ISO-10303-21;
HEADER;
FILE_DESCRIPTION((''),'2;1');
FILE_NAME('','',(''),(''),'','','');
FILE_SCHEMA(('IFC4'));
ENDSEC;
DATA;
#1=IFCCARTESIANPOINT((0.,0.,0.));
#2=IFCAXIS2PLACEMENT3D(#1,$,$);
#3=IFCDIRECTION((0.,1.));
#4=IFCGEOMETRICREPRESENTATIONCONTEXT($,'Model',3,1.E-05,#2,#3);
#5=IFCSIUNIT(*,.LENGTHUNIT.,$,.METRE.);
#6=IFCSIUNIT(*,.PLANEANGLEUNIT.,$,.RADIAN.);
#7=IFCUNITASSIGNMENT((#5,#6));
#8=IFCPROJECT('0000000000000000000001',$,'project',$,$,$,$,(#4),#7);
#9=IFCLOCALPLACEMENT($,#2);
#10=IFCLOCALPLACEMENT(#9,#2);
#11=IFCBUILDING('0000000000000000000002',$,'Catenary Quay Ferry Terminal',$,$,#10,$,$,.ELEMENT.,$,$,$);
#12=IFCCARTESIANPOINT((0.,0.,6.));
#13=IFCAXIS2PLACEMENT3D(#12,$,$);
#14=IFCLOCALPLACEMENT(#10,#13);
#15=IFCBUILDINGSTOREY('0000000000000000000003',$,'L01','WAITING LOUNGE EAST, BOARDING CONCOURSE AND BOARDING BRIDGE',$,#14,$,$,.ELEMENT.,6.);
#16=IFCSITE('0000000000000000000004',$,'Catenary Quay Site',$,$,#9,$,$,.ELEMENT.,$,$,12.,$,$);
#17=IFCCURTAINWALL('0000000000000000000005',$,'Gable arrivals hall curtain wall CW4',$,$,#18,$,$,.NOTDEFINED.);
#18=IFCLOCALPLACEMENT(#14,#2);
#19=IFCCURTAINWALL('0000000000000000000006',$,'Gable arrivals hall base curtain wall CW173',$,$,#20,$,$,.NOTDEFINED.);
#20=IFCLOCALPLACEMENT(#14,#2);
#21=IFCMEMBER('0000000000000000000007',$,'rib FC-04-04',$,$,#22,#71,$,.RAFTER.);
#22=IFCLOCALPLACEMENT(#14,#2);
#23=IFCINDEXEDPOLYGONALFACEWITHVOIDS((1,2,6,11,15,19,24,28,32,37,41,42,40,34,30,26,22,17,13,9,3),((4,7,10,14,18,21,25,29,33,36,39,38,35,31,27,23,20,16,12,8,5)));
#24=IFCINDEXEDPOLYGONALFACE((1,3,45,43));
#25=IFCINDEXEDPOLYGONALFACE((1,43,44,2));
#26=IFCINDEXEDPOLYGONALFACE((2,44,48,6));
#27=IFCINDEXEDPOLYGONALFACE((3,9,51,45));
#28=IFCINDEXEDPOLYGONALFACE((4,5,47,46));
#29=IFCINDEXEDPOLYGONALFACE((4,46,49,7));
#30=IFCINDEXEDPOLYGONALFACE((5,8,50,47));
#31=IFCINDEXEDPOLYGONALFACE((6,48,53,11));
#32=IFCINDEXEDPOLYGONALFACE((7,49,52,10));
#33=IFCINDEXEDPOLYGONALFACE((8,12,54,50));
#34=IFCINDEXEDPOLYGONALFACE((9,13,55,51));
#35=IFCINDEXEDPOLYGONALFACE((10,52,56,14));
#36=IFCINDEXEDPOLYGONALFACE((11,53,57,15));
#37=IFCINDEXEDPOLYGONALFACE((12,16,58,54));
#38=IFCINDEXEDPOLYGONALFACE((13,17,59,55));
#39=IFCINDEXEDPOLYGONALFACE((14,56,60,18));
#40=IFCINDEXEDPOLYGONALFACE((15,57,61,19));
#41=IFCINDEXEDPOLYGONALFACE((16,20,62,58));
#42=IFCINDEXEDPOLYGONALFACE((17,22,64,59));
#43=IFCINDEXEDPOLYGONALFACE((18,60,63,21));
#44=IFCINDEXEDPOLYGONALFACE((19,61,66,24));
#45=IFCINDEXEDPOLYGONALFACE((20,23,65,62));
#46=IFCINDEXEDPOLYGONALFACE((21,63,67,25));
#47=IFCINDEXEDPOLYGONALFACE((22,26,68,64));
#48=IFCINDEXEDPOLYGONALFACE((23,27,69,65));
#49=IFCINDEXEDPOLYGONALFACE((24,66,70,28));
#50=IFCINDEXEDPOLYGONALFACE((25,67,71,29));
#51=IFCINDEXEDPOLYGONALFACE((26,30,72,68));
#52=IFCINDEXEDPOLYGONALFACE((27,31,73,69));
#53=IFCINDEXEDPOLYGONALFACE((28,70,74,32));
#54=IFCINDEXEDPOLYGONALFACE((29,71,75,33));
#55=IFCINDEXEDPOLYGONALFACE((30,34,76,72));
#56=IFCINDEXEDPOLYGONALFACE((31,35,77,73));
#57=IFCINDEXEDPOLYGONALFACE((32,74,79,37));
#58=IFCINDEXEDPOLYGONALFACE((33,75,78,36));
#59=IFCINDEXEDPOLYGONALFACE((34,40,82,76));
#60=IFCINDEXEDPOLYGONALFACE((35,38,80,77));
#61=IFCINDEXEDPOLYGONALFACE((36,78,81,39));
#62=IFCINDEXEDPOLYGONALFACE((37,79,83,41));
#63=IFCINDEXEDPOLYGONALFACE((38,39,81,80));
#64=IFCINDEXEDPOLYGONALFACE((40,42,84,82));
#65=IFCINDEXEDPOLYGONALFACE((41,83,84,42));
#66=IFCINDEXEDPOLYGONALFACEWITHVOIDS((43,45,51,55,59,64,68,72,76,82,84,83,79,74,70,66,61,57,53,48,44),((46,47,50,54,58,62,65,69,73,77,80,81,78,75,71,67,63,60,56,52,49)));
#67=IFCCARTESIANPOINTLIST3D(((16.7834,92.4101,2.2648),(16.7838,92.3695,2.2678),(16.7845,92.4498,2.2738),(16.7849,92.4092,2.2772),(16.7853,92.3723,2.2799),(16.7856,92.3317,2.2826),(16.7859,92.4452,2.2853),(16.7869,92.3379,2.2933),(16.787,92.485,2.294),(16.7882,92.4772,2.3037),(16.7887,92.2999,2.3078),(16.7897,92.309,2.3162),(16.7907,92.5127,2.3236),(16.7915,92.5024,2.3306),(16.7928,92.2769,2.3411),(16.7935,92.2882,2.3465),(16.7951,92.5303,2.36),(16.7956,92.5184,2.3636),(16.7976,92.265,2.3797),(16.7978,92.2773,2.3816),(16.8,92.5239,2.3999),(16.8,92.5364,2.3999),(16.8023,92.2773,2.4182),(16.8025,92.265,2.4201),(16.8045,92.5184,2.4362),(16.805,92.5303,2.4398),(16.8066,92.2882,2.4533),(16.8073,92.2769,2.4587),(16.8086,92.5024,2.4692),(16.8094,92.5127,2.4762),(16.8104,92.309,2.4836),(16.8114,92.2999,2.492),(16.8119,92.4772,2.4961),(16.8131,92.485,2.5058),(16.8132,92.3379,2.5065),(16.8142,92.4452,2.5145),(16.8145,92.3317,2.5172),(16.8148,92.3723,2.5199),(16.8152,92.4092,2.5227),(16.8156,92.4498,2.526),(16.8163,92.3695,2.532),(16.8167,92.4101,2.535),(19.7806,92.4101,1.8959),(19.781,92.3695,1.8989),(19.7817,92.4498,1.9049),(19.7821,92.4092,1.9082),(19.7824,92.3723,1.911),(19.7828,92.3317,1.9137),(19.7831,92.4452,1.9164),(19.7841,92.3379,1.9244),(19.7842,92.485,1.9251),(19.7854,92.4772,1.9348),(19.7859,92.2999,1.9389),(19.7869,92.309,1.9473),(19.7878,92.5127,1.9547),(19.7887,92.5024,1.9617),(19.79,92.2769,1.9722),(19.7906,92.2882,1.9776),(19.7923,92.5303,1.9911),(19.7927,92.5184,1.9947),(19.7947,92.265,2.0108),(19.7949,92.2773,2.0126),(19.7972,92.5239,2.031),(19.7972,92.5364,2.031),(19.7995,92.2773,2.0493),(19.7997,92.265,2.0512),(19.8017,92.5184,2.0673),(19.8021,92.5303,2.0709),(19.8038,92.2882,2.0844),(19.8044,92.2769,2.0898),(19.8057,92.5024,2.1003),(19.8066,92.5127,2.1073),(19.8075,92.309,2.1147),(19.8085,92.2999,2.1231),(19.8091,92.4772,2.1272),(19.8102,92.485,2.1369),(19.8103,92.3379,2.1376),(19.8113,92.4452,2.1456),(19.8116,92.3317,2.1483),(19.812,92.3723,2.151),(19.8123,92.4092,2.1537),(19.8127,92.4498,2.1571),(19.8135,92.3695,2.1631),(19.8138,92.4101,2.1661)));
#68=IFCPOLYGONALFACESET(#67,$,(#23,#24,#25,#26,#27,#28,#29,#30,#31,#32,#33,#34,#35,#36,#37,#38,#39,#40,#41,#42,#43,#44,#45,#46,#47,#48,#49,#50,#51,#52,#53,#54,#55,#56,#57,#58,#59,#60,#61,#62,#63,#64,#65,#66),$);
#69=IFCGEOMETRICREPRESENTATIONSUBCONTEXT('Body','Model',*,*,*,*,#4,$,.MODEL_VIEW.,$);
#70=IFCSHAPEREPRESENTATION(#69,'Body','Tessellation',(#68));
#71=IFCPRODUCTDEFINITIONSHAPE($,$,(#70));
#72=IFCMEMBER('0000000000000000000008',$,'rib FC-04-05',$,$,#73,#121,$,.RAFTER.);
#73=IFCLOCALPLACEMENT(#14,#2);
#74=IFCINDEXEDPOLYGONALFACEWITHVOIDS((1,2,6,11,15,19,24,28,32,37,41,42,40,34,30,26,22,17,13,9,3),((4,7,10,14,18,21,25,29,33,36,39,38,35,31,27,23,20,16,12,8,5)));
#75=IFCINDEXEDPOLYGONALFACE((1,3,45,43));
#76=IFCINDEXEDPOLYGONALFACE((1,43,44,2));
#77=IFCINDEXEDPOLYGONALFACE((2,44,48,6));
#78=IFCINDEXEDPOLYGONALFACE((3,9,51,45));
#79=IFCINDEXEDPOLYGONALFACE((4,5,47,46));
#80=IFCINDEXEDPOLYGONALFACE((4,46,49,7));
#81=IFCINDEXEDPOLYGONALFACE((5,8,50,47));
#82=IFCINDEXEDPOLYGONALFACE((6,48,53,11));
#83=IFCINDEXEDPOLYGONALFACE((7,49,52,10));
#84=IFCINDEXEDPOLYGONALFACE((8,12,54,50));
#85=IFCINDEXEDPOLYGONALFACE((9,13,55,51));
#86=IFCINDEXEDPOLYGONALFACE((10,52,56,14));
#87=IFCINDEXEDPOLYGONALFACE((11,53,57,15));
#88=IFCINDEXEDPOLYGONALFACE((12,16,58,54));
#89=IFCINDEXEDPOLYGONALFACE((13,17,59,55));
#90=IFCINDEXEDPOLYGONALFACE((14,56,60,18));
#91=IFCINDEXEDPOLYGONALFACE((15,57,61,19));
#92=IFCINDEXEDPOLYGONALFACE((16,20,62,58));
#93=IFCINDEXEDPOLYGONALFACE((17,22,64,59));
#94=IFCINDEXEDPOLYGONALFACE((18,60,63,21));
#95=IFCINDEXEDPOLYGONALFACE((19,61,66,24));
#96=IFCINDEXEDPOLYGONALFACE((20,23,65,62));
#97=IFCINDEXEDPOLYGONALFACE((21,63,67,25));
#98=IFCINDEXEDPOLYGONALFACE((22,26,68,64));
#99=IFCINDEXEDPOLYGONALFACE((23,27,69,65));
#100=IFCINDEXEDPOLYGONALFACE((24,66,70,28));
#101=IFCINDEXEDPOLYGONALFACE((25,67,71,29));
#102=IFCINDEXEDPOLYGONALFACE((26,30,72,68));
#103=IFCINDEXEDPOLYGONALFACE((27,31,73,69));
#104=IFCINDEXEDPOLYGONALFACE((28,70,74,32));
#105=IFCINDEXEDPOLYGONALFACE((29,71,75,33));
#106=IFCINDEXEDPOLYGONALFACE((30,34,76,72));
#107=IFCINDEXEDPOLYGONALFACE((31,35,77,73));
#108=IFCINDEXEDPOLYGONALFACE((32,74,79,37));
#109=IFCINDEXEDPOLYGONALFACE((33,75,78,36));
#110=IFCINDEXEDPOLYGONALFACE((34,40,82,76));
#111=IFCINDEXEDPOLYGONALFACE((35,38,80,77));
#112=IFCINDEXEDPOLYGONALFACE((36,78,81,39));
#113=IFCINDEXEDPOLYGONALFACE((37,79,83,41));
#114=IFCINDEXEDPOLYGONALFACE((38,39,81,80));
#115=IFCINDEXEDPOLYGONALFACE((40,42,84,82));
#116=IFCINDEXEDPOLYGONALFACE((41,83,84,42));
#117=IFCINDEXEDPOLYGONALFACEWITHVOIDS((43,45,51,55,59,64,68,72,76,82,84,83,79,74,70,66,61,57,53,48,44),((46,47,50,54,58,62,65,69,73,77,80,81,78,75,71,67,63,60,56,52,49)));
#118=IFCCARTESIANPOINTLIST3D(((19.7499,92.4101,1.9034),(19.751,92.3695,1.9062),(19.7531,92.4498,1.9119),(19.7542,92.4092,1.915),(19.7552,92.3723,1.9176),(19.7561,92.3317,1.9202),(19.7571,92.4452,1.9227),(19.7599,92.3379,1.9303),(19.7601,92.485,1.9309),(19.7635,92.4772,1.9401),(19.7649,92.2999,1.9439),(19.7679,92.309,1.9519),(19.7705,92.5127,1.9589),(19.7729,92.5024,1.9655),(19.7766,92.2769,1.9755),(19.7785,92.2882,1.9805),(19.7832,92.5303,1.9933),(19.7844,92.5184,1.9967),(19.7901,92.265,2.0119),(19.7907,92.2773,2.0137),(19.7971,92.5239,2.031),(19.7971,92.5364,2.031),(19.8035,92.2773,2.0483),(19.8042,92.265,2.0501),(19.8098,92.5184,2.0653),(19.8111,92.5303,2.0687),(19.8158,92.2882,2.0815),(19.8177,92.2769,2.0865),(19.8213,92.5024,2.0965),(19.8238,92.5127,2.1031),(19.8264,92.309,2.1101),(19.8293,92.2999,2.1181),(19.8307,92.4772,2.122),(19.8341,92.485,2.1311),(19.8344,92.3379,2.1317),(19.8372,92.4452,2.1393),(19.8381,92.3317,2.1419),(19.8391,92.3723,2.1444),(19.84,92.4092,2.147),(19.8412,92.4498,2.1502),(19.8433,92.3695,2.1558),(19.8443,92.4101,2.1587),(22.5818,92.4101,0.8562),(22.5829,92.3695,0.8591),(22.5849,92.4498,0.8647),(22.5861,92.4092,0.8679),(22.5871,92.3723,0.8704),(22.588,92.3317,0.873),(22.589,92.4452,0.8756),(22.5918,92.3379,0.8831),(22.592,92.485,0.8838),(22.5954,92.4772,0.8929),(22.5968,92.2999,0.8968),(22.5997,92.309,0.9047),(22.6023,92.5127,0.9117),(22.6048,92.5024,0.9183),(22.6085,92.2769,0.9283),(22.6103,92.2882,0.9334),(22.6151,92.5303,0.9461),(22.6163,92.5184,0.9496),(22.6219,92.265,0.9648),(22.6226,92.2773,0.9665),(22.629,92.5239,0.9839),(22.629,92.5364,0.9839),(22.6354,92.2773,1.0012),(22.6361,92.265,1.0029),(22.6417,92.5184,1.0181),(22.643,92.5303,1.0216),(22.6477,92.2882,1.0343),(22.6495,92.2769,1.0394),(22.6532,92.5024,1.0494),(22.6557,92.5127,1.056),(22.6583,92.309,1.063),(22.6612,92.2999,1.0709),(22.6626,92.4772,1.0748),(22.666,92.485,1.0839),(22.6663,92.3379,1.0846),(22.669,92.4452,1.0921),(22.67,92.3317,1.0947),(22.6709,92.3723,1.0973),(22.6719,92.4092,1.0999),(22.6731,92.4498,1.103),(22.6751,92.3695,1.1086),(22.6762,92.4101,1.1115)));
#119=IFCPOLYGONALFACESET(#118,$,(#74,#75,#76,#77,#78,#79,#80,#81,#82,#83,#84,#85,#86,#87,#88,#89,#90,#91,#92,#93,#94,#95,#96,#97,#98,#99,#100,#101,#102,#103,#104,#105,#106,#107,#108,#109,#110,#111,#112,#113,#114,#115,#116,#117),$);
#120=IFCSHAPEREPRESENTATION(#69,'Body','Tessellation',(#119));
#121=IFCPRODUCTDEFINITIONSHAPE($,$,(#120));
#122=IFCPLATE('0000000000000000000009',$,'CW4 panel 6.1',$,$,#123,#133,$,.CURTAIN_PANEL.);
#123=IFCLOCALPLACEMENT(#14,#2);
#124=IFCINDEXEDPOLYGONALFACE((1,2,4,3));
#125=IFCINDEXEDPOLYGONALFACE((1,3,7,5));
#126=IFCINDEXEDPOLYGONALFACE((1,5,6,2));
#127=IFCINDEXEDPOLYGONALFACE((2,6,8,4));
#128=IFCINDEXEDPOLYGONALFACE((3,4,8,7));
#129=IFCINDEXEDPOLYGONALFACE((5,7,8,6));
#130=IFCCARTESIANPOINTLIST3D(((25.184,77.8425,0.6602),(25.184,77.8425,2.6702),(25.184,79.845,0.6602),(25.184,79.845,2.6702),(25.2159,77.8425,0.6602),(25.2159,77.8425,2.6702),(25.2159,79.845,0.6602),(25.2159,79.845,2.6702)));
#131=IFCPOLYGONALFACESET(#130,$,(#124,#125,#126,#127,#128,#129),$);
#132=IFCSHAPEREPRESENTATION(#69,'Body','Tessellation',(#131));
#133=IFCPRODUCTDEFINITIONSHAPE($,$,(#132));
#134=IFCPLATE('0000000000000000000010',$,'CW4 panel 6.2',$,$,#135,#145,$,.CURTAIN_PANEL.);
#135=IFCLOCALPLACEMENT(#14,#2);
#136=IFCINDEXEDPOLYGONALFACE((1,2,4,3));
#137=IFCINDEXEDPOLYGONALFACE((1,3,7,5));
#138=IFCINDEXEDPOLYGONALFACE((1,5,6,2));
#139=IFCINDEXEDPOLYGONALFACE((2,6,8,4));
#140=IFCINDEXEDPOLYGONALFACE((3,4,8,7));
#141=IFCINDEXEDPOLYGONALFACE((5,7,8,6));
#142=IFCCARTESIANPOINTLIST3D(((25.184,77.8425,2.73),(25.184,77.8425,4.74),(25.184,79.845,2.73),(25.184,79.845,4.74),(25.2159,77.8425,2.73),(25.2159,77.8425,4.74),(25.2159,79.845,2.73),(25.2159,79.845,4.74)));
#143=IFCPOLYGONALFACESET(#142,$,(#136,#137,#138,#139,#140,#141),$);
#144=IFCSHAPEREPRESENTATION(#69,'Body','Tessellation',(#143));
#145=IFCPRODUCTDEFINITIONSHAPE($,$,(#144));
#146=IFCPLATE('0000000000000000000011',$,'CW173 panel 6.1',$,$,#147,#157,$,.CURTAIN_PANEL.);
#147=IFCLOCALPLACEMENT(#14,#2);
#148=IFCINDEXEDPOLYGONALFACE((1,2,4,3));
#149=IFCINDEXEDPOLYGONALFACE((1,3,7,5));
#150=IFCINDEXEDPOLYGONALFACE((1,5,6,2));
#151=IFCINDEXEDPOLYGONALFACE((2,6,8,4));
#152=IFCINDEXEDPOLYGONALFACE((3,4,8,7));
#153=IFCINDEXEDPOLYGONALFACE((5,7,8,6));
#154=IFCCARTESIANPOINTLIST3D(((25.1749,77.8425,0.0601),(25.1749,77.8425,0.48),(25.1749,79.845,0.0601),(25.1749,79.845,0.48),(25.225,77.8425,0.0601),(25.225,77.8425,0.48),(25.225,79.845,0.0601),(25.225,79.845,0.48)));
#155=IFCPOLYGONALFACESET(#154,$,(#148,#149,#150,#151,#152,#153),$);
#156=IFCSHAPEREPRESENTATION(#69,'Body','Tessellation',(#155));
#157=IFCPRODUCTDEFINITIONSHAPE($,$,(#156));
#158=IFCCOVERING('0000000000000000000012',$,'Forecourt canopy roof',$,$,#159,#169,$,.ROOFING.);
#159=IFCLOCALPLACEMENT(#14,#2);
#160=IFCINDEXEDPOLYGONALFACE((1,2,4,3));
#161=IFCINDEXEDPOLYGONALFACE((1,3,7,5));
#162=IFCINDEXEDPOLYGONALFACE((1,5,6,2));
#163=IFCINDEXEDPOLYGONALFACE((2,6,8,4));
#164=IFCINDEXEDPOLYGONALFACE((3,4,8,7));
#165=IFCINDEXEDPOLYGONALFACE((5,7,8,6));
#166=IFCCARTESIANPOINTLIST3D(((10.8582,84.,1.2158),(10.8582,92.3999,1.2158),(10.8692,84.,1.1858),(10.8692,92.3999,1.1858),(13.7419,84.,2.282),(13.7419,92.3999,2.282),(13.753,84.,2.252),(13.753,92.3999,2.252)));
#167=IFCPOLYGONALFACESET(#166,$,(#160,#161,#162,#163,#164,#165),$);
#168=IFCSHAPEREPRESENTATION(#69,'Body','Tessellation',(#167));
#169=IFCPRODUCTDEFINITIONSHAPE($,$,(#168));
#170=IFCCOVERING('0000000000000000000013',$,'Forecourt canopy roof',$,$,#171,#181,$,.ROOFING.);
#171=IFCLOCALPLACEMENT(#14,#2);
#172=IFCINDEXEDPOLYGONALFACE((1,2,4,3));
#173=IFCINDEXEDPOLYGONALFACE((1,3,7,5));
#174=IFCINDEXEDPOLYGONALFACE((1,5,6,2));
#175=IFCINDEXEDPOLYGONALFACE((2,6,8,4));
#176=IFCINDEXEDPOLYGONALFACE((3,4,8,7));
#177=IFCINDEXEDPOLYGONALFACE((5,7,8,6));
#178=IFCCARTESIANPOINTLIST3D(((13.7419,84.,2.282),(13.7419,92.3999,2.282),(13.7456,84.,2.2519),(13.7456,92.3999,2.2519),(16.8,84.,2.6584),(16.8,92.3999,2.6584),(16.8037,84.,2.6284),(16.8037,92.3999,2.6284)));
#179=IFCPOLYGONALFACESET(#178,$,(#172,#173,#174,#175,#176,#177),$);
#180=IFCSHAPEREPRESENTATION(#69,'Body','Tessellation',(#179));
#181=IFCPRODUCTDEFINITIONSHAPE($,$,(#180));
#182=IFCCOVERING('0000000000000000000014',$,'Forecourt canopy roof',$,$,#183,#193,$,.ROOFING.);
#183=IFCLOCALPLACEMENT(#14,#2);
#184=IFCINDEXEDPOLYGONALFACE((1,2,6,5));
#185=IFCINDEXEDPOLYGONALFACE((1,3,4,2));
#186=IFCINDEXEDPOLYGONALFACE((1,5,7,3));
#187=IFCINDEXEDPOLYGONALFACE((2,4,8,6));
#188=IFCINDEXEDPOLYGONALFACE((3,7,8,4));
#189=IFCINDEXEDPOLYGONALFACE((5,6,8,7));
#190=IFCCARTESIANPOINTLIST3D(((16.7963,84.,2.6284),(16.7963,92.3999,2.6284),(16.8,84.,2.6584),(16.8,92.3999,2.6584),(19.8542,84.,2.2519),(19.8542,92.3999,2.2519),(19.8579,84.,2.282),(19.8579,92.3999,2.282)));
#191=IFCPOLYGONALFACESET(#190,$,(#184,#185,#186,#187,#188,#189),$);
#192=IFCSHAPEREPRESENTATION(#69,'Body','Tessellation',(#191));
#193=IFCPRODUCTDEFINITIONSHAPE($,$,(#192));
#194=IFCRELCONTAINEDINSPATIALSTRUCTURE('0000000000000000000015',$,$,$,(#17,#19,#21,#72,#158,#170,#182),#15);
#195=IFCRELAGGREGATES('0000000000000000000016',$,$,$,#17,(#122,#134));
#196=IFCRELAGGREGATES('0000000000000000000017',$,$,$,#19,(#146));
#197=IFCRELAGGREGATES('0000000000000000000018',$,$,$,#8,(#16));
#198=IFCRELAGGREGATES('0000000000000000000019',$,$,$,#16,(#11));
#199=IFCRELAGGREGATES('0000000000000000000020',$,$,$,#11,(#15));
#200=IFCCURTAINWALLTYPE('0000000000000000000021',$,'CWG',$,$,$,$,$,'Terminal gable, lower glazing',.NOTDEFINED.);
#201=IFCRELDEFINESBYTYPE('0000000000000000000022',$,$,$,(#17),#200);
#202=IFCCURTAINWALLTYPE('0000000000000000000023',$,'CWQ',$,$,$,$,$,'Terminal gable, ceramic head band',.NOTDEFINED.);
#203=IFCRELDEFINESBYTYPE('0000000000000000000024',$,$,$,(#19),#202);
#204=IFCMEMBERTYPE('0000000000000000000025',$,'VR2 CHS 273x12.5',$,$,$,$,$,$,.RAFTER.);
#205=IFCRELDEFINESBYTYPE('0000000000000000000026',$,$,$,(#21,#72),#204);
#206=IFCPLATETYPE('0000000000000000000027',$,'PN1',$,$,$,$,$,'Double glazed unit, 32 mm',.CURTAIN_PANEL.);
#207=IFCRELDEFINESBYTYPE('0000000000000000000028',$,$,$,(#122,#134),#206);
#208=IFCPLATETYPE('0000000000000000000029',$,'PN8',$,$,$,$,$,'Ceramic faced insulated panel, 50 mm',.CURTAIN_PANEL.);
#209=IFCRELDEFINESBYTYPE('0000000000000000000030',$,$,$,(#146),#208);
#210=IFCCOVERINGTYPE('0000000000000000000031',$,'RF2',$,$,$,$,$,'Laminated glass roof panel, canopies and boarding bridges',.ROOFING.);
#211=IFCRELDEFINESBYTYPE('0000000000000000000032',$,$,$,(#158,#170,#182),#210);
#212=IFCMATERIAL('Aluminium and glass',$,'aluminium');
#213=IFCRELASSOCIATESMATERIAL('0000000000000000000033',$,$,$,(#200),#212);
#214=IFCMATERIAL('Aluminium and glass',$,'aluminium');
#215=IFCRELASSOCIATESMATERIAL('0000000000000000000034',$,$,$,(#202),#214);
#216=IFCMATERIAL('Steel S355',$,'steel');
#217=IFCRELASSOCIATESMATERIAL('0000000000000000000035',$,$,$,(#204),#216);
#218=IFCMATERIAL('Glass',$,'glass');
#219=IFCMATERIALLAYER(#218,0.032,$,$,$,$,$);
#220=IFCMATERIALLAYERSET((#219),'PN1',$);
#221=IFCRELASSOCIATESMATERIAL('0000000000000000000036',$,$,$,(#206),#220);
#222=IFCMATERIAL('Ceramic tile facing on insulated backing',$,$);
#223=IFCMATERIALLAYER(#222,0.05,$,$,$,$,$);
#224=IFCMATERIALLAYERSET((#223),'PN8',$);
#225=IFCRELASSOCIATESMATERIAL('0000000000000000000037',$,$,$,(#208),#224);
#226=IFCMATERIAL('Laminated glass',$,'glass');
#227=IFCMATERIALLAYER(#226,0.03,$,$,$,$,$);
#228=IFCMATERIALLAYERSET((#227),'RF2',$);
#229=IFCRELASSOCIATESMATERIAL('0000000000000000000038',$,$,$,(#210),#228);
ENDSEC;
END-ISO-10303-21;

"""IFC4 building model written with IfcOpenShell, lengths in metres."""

from ifc_helpers import new_model, si_unit, direction, frame, origin, origin_2d, place, context, subcontext, project, spatial, polyline, rectangle, hollow_circle, outline, extrude, material, layer, layer_set, material_profile, profile_set, type_object, element, aggregate, save


model = new_model("IFC4")

# Units and contexts
model_context = context("Model", 3, precision=1e-05, world=origin(), true_north=direction((0.0, 1.0)))
body_context = subcontext(model_context, "Body", "Model", "MODEL_VIEW")
ifc_project = project(units=[si_unit("LENGTHUNIT", "METRE"), si_unit("PLANEANGLEUNIT", "RADIAN")], contexts=[model_context])

# Site, building, storey
site_placement = place(None, origin())
site = spatial("IfcSite", under=ifc_project, at=site_placement, Name="Catenary Quay Site", CompositionType="ELEMENT", RefElevation=12.0)
building_placement = place(site_placement, origin())
building = spatial("IfcBuilding", under=site, at=building_placement, Name="Catenary Quay Ferry Terminal", CompositionType="ELEMENT")
storey_placement = place(building_placement, frame((0.0, 0.0, 6.0)))
storey = spatial("IfcBuildingStorey", under=building, at=storey_placement, Name="L01", Description="WAITING LOUNGE EAST, BOARDING CONCOURSE AND BOARDING BRIDGE", CompositionType="ELEMENT", Elevation=6.0)

# Curtain wall
ifc_material_1 = material(Name="Aluminium and glass", Category="aluminium")
curtain_wall_type_1 = type_object("IfcCurtainWallType", Name="CWG", ElementType="Terminal gable, lower glazing", PredefinedType="NOTDEFINED", material=ifc_material_1)
curtain_wall_1_placement = place(storey_placement, origin())
curtain_wall_1 = element("IfcCurtainWall", 1, at=curtain_wall_1_placement, inside=storey, type_object=curtain_wall_type_1, Name="Gable arrivals hall curtain wall CW4", PredefinedType="NOTDEFINED")

# Curtain wall
ifc_material_2 = material(Name="Aluminium and glass", Category="aluminium")
curtain_wall_type_2 = type_object("IfcCurtainWallType", Name="CWQ", ElementType="Terminal gable, ceramic head band", PredefinedType="NOTDEFINED", material=ifc_material_2)
curtain_wall_2_placement = place(storey_placement, origin())
curtain_wall_2 = element("IfcCurtainWall", 2, at=curtain_wall_2_placement, inside=storey, type_object=curtain_wall_type_2, Name="Gable arrivals hall base curtain wall CW173", PredefinedType="NOTDEFINED")

# Members
ifc_material_3 = material(Name="Steel S355", Category="steel")
ifc_material_profile_1 = material_profile(ifc_material_3, hollow_circle(Radius=0.1365, WallThickness=0.0125, at=origin_2d()), Name="CHS 273x12.5")
ifc_profile_set_1 = profile_set([ifc_material_profile_1], Name="Steel S355")
member_type_1 = type_object("IfcMemberType", Name="VR2 CHS 273x12.5", PredefinedType="RAFTER", material=ifc_profile_set_1)
for number, where, z_axis, x_axis, name in (
    (3, (16.8, 92.3999, 2.3999), (0.99251, 0.0, -0.122164), (0.0, 1.0, 0.0), "rib FC-04-04"),
):
    element("IfcMember", number, at=place(storey_placement, frame(where, z_axis=z_axis, x_axis=x_axis)), inside=storey, type_object=member_type_1, Name=name, PredefinedType="RAFTER", context=body_context, shape_type="SweptSolid", body=[
        extrude(hollow_circle(Radius=0.1365, WallThickness=0.0125, at=origin_2d()), origin(), (0.0, 0.0, 1.0), 3.0198),
    ])
member_1_placement = place(storey_placement, frame((19.7971, 92.3999, 2.031), z_axis=(0.937931, 0.0, -0.346822), x_axis=(0.0, 1.0, 0.0)))
element("IfcMember", 4, at=member_1_placement, inside=storey, type_object=member_type_1, Name="rib FC-04-05", PredefinedType="RAFTER", context=body_context, shape_type="SweptSolid", body=[
    extrude(hollow_circle(Radius=0.1365, WallThickness=0.0125, at=origin_2d()), origin(), (0.0, 0.0, 1.0), 3.0193),
])

# Plates
ifc_material_4 = material(Name="Glass", Category="glass")
ifc_layer_1 = layer(ifc_material_4, 0.032)
ifc_layer_set_1 = layer_set([ifc_layer_1], Name="PN1")
plate_type_1 = type_object("IfcPlateType", Name="PN1", ElementType="Double glazed unit, 32 mm", PredefinedType="CURTAIN_PANEL", material=ifc_layer_set_1)
plate_1_placement = place(storey_placement, frame((25.2, 78.8438, 0.6602), z_axis=(0.0, 0.0, 1.0), x_axis=(0.0, 1.0, 0.0)))
plate_1 = element("IfcPlate", 5, at=plate_1_placement, type_object=plate_type_1, Name="CW4 panel 6.1", PredefinedType="CURTAIN_PANEL", context=body_context, shape_type="SweptSolid", body=[
    extrude(rectangle(XDim=2.0024, YDim=0.032, at=origin_2d()), origin(), (0.0, 0.0, 1.0), 2.01),
])
plate_2_placement = place(storey_placement, frame((25.2, 78.8438, 2.73), z_axis=(0.0, 0.0, 1.0), x_axis=(0.0, 1.0, 0.0)))
plate_2 = element("IfcPlate", 6, at=plate_2_placement, type_object=plate_type_1, Name="CW4 panel 6.2", PredefinedType="CURTAIN_PANEL", context=body_context, shape_type="SweptSolid", body=[
    extrude(rectangle(XDim=2.0024, YDim=0.032, at=origin_2d()), origin(), (0.0, 0.0, 1.0), 2.01),
])
aggregate(curtain_wall_1, [plate_1, plate_2])
ifc_material_5 = material(Name="Ceramic tile facing on insulated backing")
ifc_layer_2 = layer(ifc_material_5, 0.05)
ifc_layer_set_2 = layer_set([ifc_layer_2], Name="PN8")
plate_type_2 = type_object("IfcPlateType", Name="PN8", ElementType="Ceramic faced insulated panel, 50 mm", PredefinedType="CURTAIN_PANEL", material=ifc_layer_set_2)
plate_3_placement = place(storey_placement, frame((25.2, 78.8438, 0.0601), z_axis=(0.0, 0.0, 1.0), x_axis=(0.0, 1.0, 0.0)))
plate_3 = element("IfcPlate", 7, at=plate_3_placement, type_object=plate_type_2, Name="CW173 panel 6.1", PredefinedType="CURTAIN_PANEL", context=body_context, shape_type="SweptSolid", body=[
    extrude(rectangle(XDim=2.0024, YDim=0.05, at=origin_2d()), origin(), (0.0, 0.0, 1.0), 0.4199),
])
aggregate(curtain_wall_2, [plate_3])

# Coverings
ifc_material_6 = material(Name="Laminated glass", Category="glass")
ifc_layer_3 = layer(ifc_material_6, 0.03)
ifc_layer_set_3 = layer_set([ifc_layer_3], Name="RF2")
covering_type = type_object("IfcCoveringType", Name="RF2", ElementType="Laminated glass roof panel, canopies and boarding bridges", PredefinedType="ROOFING", material=ifc_layer_set_3)
covering_1_placement = place(storey_placement, frame((10.8582, 84.0, 1.2158), z_axis=(-0.346769, 0.0, 0.937951), x_axis=(0.0, 1.0, 0.0)))
element("IfcCovering", 8, at=covering_1_placement, inside=storey, type_object=covering_type, Name="Forecourt canopy roof", PredefinedType="ROOFING", context=body_context, shape_type="SweptSolid", body=[
    extrude(outline(polyline([(0.0, 0.0), (8.3999, 0.0), (8.3999, -3.0746), (0.0, -3.0746), (0.0, 0.0)])), origin(), (0.0, 0.0, -1.0), 0.032),
])
covering_2_placement = place(storey_placement, frame((13.7419, 84.0, 2.282), z_axis=(-0.122182, 0.0, 0.992508), x_axis=(0.0, 1.0, 0.0)))
element("IfcCovering", 9, at=covering_2_placement, inside=storey, type_object=covering_type, Name="Forecourt canopy roof", PredefinedType="ROOFING", context=body_context, shape_type="SweptSolid", body=[
    extrude(outline(polyline([(0.0, 0.0), (8.3999, 0.0), (8.3999, -3.0812), (0.0, -3.0812), (0.0, 0.0)])), origin(), (0.0, 0.0, -1.0), 0.0303),
])
covering_3_placement = place(storey_placement, frame((16.8, 84.0, 2.6584), z_axis=(0.122191, 0.0, 0.992507), x_axis=(0.0, 1.0, 0.0)))
element("IfcCovering", 10, at=covering_3_placement, inside=storey, type_object=covering_type, Name="Forecourt canopy roof", PredefinedType="ROOFING", context=body_context, shape_type="SweptSolid", body=[
    extrude(outline(polyline([(0.0, 0.0), (8.3999, 0.0), (8.3999, -3.0809), (0.0, -3.0809), (0.0, 0.0)])), origin(), (0.0, 0.0, -1.0), 0.0303),
])

save(model, "model.ifc")
